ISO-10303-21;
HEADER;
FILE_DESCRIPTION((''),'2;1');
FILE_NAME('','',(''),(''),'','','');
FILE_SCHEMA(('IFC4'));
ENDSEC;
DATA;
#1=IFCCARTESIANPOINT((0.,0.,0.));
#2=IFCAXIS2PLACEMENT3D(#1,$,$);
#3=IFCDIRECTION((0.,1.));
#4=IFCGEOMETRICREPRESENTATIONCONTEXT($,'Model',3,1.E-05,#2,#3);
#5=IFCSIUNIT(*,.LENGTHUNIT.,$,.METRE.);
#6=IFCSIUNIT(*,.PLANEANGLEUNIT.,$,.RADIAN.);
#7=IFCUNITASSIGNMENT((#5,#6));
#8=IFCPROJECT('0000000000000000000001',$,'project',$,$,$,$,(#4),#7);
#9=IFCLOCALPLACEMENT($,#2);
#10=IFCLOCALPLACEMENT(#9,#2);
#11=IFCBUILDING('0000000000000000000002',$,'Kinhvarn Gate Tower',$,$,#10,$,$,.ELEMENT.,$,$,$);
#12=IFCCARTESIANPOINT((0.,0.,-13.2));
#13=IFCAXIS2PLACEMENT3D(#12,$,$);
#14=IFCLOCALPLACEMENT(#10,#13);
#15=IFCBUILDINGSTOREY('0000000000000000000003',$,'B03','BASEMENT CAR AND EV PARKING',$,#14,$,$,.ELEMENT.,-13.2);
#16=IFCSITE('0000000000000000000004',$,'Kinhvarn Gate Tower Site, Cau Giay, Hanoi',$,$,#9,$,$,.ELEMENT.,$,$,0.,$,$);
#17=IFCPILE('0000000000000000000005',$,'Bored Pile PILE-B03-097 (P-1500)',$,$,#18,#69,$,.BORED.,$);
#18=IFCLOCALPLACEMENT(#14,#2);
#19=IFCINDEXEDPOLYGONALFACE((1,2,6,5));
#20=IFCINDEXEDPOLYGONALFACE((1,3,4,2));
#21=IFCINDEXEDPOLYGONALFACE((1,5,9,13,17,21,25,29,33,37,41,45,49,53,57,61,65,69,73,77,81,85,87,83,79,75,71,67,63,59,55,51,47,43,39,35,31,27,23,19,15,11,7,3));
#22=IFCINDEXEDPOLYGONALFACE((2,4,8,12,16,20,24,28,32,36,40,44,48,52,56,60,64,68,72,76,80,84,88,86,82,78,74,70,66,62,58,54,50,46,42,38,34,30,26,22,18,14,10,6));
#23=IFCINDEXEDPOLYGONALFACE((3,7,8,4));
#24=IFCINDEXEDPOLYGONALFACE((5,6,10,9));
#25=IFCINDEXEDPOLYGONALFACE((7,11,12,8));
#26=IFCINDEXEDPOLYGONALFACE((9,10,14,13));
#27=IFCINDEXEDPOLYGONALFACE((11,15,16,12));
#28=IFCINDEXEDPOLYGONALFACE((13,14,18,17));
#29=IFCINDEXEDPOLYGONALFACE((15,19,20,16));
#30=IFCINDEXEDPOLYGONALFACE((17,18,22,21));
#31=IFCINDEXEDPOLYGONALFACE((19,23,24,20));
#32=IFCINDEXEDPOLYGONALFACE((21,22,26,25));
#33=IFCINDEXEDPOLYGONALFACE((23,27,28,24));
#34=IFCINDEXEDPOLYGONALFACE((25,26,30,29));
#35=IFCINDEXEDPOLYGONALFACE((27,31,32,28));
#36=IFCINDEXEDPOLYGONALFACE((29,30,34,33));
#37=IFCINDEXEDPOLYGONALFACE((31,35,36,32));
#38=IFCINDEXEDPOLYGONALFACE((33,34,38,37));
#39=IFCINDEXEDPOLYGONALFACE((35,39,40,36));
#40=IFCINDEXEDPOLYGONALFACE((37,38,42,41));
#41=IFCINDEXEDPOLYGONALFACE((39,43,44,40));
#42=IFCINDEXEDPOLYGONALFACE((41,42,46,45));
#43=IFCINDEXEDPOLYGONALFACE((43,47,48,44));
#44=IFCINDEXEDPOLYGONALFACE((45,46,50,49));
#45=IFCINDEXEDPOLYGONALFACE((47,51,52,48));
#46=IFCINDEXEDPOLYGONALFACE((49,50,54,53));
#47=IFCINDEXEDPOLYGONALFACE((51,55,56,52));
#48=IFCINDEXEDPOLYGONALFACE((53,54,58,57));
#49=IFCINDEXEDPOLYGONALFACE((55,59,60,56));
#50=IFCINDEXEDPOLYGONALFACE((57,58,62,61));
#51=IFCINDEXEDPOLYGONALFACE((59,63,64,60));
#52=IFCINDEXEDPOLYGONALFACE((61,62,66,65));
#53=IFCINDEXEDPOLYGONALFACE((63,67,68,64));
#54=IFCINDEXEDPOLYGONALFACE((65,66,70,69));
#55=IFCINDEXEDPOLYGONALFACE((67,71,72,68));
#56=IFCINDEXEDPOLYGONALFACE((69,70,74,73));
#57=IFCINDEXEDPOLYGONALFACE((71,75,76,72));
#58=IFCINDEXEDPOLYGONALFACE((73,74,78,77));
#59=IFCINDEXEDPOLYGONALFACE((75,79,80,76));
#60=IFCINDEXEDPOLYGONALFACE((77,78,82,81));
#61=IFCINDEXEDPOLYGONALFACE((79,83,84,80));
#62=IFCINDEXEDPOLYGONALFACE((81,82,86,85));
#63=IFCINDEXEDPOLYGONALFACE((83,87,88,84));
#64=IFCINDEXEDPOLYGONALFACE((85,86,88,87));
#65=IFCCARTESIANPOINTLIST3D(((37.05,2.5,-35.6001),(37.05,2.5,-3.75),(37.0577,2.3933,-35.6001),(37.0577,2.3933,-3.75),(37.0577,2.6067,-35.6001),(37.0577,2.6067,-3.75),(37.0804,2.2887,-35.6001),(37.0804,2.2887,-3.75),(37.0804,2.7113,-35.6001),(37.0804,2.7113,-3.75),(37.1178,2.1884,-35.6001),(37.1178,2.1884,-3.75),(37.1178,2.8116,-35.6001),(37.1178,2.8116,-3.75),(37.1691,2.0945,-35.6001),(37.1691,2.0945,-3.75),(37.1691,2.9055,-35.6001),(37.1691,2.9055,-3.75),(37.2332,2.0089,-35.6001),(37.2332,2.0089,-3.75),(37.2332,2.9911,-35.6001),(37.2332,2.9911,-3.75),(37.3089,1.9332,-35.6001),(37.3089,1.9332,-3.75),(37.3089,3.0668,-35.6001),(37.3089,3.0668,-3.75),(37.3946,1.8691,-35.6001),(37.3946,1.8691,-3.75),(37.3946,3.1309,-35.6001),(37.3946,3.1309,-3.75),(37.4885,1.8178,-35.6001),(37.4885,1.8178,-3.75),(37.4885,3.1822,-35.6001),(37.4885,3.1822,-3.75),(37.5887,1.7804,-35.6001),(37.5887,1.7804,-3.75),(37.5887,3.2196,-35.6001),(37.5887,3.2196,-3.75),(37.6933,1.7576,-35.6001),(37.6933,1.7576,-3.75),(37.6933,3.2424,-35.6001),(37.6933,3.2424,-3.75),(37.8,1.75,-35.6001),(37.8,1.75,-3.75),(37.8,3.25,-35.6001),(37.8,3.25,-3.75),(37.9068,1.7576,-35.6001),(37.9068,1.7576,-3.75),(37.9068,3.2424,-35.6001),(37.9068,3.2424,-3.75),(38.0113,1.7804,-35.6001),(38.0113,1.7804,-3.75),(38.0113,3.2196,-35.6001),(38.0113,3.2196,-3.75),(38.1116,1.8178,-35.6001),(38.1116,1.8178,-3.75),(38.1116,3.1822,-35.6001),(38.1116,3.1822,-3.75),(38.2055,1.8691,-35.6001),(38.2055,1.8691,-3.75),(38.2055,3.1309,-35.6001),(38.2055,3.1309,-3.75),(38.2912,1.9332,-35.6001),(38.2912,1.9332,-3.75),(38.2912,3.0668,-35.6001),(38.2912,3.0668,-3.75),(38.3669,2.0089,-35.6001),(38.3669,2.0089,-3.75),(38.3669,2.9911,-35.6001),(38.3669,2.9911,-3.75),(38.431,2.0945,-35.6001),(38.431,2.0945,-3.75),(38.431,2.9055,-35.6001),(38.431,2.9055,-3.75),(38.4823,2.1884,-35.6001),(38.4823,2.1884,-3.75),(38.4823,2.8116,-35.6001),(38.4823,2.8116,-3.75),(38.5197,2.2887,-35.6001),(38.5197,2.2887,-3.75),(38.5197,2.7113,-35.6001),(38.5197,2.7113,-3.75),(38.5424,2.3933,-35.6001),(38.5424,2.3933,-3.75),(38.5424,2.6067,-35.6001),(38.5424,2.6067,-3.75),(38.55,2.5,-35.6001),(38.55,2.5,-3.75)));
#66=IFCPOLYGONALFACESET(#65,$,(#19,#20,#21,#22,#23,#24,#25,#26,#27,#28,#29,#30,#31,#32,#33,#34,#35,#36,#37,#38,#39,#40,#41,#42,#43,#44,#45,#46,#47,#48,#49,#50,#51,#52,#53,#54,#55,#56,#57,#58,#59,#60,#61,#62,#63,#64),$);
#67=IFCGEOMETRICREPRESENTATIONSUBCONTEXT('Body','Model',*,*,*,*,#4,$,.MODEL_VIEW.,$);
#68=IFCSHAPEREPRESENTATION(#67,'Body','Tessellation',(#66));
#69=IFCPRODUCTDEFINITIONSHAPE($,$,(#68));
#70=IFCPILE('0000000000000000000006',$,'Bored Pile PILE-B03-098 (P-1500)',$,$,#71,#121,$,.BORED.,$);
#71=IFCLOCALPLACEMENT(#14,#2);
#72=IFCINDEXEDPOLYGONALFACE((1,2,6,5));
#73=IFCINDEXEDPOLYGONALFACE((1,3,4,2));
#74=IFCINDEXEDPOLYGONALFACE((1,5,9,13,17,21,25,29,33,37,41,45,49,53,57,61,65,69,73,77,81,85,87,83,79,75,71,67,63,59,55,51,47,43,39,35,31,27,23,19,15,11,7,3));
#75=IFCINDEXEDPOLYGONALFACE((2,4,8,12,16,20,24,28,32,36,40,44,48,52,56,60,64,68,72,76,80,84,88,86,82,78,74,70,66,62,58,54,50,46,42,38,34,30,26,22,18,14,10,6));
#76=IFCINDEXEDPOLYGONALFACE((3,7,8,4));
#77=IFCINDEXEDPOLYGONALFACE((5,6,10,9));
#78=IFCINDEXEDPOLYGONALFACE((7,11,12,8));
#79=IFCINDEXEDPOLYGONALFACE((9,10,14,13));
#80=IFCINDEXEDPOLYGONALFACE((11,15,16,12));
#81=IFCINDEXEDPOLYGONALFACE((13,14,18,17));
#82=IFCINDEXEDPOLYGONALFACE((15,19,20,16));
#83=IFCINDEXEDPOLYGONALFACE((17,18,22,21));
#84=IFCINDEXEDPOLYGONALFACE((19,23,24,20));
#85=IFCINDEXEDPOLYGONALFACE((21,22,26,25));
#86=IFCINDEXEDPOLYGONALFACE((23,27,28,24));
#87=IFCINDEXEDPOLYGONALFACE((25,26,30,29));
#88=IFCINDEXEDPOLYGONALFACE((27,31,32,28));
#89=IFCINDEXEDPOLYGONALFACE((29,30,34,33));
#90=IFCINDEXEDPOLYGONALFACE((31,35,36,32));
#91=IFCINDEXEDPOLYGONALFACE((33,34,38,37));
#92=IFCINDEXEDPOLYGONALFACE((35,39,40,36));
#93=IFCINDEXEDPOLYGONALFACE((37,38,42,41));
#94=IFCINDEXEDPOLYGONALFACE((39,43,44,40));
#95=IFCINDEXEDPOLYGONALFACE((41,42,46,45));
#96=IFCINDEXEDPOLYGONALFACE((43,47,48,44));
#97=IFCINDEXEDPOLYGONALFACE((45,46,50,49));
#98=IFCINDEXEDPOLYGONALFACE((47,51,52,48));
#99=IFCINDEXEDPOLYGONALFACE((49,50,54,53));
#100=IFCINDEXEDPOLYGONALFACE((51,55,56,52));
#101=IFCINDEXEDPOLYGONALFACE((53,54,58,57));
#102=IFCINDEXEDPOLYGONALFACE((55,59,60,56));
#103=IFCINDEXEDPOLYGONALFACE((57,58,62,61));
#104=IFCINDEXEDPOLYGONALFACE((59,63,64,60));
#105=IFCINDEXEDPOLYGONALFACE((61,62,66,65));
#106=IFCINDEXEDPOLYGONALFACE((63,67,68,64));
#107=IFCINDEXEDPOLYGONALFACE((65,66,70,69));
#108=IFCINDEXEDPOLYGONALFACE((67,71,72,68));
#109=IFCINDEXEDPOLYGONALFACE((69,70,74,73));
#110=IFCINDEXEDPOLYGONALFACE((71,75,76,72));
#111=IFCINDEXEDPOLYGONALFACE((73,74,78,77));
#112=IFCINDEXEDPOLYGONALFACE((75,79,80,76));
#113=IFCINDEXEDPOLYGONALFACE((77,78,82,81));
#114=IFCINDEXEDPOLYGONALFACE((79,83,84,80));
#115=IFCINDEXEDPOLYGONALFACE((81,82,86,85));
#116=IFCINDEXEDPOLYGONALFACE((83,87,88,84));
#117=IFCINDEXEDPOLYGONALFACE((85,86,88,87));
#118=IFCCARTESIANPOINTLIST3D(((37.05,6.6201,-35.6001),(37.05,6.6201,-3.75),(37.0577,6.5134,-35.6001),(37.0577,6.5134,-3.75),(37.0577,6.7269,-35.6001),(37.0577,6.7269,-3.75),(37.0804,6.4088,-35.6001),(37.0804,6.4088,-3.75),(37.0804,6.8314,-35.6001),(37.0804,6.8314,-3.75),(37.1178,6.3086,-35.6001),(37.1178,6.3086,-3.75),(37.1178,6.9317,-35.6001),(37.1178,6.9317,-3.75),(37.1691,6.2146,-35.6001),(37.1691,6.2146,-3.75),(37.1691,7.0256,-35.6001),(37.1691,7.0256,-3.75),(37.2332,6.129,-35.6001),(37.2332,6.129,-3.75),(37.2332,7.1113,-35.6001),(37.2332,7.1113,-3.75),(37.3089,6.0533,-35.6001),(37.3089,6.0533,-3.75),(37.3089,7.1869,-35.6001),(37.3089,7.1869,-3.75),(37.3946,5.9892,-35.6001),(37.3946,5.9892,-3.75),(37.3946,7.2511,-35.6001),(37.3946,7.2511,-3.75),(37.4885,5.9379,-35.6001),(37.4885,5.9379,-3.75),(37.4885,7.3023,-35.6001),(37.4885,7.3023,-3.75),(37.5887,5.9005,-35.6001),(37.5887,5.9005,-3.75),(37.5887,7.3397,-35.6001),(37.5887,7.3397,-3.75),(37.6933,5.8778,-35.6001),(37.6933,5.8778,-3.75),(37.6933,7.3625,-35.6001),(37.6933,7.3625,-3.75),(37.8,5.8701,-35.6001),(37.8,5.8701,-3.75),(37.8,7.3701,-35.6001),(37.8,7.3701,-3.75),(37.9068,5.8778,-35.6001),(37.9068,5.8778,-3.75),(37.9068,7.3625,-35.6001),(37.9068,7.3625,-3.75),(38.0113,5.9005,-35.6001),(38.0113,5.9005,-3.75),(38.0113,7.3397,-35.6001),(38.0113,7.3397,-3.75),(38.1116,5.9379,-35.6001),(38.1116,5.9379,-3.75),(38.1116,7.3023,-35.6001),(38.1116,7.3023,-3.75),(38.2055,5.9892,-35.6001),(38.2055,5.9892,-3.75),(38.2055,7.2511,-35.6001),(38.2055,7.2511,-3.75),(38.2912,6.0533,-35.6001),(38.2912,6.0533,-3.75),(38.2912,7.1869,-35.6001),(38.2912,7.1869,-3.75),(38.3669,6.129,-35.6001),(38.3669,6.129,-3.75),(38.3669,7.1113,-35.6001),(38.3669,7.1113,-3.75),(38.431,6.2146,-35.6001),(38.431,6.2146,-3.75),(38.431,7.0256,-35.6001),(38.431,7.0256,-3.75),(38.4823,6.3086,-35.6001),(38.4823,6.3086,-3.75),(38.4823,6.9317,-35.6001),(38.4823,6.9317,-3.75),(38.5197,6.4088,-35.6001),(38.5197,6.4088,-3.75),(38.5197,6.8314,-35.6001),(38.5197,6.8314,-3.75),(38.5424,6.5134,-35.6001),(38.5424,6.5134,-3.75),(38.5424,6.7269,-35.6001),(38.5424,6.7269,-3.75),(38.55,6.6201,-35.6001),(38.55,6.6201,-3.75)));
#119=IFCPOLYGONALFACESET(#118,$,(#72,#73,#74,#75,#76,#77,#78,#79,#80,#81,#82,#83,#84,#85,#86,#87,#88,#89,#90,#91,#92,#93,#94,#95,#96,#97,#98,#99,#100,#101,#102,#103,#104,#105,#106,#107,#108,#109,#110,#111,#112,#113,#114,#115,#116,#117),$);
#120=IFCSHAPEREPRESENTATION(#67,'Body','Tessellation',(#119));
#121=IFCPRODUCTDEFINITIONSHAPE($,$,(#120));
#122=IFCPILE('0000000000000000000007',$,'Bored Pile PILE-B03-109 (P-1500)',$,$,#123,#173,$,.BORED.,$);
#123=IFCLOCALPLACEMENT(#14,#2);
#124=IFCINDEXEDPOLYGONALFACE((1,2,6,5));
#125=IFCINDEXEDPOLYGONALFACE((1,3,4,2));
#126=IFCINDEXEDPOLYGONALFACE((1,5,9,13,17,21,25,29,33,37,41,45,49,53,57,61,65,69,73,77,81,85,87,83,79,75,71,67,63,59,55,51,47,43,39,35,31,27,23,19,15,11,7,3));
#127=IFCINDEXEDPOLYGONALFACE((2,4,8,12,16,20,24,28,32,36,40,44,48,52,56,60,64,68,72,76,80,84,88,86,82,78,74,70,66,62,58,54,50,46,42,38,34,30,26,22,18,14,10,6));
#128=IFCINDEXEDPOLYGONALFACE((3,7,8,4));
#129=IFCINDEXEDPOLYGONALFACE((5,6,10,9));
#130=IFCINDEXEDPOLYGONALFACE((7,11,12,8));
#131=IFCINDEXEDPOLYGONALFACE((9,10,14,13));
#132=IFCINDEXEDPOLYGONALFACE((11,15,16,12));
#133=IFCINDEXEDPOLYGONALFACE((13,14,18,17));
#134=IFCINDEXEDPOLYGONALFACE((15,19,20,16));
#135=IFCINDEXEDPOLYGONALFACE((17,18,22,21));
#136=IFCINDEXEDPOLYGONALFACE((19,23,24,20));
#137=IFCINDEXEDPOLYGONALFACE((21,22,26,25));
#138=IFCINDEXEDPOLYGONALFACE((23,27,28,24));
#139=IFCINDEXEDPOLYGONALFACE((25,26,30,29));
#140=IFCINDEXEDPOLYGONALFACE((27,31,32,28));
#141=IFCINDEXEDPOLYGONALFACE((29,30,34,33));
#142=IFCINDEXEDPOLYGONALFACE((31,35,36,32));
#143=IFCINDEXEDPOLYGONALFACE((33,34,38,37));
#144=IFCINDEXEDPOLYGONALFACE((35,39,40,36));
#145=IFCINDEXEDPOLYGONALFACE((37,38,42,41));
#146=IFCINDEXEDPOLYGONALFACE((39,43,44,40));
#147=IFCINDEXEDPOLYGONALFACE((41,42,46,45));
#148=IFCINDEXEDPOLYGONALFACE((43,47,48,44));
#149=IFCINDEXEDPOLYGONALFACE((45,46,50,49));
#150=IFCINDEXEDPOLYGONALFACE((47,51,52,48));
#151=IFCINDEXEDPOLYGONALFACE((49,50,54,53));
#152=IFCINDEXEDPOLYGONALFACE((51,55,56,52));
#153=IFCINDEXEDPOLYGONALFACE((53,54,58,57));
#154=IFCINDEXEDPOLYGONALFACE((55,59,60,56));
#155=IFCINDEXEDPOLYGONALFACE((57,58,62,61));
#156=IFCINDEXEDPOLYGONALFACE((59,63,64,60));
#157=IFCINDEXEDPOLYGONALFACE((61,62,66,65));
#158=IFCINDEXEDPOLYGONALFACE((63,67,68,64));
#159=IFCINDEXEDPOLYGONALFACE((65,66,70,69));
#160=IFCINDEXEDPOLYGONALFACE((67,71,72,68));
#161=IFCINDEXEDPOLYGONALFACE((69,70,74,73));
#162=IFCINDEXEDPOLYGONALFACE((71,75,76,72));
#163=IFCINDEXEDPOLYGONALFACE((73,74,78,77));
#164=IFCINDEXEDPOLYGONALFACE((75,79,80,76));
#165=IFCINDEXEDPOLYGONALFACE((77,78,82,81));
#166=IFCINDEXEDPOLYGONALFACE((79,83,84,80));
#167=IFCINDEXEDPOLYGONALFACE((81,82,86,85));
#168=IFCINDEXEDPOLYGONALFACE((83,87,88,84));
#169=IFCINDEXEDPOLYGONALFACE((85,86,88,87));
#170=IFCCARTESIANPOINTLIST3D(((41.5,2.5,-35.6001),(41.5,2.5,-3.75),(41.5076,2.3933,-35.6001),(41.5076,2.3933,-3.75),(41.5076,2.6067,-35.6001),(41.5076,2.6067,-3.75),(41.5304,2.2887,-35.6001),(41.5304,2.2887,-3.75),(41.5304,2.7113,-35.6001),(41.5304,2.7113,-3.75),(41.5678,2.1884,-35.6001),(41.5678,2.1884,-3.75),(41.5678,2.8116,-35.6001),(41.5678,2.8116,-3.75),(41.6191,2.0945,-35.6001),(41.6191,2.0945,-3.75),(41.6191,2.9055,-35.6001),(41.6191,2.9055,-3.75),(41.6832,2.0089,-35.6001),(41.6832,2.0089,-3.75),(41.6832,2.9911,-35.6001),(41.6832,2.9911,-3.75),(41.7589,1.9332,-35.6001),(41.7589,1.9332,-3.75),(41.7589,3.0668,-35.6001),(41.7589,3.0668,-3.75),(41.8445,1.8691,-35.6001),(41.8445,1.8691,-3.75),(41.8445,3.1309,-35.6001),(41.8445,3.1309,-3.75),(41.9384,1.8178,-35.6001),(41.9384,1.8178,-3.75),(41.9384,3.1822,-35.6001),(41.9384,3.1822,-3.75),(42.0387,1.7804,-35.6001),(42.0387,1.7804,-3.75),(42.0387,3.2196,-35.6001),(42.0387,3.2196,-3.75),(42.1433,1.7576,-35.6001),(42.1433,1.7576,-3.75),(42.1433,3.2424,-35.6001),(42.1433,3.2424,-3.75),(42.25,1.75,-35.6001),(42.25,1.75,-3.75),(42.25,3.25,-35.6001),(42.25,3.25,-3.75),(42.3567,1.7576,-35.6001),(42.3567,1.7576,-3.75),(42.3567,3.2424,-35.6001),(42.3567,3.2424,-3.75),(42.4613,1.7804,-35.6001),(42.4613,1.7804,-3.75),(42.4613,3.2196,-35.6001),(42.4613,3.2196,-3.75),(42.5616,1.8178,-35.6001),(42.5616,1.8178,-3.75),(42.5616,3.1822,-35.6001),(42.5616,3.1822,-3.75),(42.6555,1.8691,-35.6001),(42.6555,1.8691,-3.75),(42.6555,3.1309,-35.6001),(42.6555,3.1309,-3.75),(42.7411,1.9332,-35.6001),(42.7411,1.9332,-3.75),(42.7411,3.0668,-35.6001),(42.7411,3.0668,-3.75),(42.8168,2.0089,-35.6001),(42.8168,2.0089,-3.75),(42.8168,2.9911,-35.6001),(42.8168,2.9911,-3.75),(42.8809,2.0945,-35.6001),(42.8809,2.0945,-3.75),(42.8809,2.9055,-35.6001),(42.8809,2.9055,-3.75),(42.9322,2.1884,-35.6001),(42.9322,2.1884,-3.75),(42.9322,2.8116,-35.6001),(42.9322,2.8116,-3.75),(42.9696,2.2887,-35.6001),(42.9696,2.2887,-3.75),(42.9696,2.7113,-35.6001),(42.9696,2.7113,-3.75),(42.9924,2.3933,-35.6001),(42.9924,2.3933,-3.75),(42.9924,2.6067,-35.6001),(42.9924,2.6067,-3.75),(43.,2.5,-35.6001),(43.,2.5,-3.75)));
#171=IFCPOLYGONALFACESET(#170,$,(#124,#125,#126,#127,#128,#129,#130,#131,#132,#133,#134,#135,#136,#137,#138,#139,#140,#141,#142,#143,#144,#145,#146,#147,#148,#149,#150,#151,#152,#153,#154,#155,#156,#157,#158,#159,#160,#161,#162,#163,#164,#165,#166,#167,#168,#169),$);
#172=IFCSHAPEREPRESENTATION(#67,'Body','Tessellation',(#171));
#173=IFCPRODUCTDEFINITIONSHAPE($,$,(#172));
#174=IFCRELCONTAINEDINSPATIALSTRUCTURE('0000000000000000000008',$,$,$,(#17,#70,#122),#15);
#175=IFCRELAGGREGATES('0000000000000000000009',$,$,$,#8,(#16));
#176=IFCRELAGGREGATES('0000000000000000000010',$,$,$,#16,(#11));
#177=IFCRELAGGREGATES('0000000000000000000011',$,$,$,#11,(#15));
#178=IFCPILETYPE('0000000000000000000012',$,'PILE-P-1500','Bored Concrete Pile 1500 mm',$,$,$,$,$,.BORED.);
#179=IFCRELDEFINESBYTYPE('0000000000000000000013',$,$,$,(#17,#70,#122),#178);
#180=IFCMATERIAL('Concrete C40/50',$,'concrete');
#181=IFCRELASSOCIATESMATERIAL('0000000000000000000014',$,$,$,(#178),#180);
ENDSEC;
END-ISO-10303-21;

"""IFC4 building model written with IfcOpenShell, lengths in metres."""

from ifc_helpers import new_model, si_unit, direction, frame, origin, origin_2d, place, context, subcontext, project, spatial, circle, extrude, material, material_profile, profile_set, type_object, element, save


model = new_model("IFC4")

# Units and contexts
model_context = context("Model", 3, precision=1e-05, world=origin(), true_north=direction((0.0, 1.0)))
body_context = subcontext(model_context, "Body", "Model", "MODEL_VIEW")
ifc_project = project(units=[si_unit("LENGTHUNIT", "METRE"), si_unit("PLANEANGLEUNIT", "RADIAN")], contexts=[model_context])

# Site, building, storey
site_placement = place(None, origin())
site = spatial("IfcSite", under=ifc_project, at=site_placement, Name="Kinhvarn Gate Tower Site, Cau Giay, Hanoi", CompositionType="ELEMENT", RefElevation=0.0)
building_placement = place(site_placement, origin())
building = spatial("IfcBuilding", under=site, at=building_placement, Name="Kinhvarn Gate Tower", CompositionType="ELEMENT")
storey_placement = place(building_placement, frame((0.0, 0.0, -13.2)))
storey = spatial("IfcBuildingStorey", under=building, at=storey_placement, Name="B03", Description="BASEMENT CAR AND EV PARKING", CompositionType="ELEMENT", Elevation=-13.2)

# Piles
ifc_material = material(Name="Concrete C40/50", Category="concrete")
ifc_material_profile_1 = material_profile(ifc_material, circle(Radius=0.75, at=origin_2d()), Name="PILE D1500")
ifc_profile_set_1 = profile_set([ifc_material_profile_1], Name="Concrete C40/50")
pile_type_1 = type_object("IfcPileType", Name="PILE-P-1500", Description="Bored Concrete Pile 1500 mm", PredefinedType="BORED", material=ifc_profile_set_1)
for number, where, z_axis, x_axis, name in (
    (1, (37.8, 2.5, -35.6001), (0.0, 0.0, 1.0), (1.0, 0.0, 0.0), "Bored Pile PILE-B03-097 (P-1500)"),
    (2, (37.8, 6.6201, -35.6001), (0.0, 0.0, 1.0), (1.0, 0.0, 0.0), "Bored Pile PILE-B03-098 (P-1500)"),
    (3, (42.25, 2.5, -35.6001), (0.0, 0.0, 1.0), (1.0, 0.0, 0.0), "Bored Pile PILE-B03-109 (P-1500)"),
):
    element("IfcPile", number, at=place(storey_placement, frame(where, z_axis=z_axis, x_axis=x_axis)), inside=storey, type_object=pile_type_1, Name=name, PredefinedType="BORED", context=body_context, shape_type="SweptSolid", body=[
        extrude(circle(Radius=0.75, at=origin_2d()), origin(), (0.0, 0.0, 1.0), 31.8501),
    ])

save(model, "model.ifc")
